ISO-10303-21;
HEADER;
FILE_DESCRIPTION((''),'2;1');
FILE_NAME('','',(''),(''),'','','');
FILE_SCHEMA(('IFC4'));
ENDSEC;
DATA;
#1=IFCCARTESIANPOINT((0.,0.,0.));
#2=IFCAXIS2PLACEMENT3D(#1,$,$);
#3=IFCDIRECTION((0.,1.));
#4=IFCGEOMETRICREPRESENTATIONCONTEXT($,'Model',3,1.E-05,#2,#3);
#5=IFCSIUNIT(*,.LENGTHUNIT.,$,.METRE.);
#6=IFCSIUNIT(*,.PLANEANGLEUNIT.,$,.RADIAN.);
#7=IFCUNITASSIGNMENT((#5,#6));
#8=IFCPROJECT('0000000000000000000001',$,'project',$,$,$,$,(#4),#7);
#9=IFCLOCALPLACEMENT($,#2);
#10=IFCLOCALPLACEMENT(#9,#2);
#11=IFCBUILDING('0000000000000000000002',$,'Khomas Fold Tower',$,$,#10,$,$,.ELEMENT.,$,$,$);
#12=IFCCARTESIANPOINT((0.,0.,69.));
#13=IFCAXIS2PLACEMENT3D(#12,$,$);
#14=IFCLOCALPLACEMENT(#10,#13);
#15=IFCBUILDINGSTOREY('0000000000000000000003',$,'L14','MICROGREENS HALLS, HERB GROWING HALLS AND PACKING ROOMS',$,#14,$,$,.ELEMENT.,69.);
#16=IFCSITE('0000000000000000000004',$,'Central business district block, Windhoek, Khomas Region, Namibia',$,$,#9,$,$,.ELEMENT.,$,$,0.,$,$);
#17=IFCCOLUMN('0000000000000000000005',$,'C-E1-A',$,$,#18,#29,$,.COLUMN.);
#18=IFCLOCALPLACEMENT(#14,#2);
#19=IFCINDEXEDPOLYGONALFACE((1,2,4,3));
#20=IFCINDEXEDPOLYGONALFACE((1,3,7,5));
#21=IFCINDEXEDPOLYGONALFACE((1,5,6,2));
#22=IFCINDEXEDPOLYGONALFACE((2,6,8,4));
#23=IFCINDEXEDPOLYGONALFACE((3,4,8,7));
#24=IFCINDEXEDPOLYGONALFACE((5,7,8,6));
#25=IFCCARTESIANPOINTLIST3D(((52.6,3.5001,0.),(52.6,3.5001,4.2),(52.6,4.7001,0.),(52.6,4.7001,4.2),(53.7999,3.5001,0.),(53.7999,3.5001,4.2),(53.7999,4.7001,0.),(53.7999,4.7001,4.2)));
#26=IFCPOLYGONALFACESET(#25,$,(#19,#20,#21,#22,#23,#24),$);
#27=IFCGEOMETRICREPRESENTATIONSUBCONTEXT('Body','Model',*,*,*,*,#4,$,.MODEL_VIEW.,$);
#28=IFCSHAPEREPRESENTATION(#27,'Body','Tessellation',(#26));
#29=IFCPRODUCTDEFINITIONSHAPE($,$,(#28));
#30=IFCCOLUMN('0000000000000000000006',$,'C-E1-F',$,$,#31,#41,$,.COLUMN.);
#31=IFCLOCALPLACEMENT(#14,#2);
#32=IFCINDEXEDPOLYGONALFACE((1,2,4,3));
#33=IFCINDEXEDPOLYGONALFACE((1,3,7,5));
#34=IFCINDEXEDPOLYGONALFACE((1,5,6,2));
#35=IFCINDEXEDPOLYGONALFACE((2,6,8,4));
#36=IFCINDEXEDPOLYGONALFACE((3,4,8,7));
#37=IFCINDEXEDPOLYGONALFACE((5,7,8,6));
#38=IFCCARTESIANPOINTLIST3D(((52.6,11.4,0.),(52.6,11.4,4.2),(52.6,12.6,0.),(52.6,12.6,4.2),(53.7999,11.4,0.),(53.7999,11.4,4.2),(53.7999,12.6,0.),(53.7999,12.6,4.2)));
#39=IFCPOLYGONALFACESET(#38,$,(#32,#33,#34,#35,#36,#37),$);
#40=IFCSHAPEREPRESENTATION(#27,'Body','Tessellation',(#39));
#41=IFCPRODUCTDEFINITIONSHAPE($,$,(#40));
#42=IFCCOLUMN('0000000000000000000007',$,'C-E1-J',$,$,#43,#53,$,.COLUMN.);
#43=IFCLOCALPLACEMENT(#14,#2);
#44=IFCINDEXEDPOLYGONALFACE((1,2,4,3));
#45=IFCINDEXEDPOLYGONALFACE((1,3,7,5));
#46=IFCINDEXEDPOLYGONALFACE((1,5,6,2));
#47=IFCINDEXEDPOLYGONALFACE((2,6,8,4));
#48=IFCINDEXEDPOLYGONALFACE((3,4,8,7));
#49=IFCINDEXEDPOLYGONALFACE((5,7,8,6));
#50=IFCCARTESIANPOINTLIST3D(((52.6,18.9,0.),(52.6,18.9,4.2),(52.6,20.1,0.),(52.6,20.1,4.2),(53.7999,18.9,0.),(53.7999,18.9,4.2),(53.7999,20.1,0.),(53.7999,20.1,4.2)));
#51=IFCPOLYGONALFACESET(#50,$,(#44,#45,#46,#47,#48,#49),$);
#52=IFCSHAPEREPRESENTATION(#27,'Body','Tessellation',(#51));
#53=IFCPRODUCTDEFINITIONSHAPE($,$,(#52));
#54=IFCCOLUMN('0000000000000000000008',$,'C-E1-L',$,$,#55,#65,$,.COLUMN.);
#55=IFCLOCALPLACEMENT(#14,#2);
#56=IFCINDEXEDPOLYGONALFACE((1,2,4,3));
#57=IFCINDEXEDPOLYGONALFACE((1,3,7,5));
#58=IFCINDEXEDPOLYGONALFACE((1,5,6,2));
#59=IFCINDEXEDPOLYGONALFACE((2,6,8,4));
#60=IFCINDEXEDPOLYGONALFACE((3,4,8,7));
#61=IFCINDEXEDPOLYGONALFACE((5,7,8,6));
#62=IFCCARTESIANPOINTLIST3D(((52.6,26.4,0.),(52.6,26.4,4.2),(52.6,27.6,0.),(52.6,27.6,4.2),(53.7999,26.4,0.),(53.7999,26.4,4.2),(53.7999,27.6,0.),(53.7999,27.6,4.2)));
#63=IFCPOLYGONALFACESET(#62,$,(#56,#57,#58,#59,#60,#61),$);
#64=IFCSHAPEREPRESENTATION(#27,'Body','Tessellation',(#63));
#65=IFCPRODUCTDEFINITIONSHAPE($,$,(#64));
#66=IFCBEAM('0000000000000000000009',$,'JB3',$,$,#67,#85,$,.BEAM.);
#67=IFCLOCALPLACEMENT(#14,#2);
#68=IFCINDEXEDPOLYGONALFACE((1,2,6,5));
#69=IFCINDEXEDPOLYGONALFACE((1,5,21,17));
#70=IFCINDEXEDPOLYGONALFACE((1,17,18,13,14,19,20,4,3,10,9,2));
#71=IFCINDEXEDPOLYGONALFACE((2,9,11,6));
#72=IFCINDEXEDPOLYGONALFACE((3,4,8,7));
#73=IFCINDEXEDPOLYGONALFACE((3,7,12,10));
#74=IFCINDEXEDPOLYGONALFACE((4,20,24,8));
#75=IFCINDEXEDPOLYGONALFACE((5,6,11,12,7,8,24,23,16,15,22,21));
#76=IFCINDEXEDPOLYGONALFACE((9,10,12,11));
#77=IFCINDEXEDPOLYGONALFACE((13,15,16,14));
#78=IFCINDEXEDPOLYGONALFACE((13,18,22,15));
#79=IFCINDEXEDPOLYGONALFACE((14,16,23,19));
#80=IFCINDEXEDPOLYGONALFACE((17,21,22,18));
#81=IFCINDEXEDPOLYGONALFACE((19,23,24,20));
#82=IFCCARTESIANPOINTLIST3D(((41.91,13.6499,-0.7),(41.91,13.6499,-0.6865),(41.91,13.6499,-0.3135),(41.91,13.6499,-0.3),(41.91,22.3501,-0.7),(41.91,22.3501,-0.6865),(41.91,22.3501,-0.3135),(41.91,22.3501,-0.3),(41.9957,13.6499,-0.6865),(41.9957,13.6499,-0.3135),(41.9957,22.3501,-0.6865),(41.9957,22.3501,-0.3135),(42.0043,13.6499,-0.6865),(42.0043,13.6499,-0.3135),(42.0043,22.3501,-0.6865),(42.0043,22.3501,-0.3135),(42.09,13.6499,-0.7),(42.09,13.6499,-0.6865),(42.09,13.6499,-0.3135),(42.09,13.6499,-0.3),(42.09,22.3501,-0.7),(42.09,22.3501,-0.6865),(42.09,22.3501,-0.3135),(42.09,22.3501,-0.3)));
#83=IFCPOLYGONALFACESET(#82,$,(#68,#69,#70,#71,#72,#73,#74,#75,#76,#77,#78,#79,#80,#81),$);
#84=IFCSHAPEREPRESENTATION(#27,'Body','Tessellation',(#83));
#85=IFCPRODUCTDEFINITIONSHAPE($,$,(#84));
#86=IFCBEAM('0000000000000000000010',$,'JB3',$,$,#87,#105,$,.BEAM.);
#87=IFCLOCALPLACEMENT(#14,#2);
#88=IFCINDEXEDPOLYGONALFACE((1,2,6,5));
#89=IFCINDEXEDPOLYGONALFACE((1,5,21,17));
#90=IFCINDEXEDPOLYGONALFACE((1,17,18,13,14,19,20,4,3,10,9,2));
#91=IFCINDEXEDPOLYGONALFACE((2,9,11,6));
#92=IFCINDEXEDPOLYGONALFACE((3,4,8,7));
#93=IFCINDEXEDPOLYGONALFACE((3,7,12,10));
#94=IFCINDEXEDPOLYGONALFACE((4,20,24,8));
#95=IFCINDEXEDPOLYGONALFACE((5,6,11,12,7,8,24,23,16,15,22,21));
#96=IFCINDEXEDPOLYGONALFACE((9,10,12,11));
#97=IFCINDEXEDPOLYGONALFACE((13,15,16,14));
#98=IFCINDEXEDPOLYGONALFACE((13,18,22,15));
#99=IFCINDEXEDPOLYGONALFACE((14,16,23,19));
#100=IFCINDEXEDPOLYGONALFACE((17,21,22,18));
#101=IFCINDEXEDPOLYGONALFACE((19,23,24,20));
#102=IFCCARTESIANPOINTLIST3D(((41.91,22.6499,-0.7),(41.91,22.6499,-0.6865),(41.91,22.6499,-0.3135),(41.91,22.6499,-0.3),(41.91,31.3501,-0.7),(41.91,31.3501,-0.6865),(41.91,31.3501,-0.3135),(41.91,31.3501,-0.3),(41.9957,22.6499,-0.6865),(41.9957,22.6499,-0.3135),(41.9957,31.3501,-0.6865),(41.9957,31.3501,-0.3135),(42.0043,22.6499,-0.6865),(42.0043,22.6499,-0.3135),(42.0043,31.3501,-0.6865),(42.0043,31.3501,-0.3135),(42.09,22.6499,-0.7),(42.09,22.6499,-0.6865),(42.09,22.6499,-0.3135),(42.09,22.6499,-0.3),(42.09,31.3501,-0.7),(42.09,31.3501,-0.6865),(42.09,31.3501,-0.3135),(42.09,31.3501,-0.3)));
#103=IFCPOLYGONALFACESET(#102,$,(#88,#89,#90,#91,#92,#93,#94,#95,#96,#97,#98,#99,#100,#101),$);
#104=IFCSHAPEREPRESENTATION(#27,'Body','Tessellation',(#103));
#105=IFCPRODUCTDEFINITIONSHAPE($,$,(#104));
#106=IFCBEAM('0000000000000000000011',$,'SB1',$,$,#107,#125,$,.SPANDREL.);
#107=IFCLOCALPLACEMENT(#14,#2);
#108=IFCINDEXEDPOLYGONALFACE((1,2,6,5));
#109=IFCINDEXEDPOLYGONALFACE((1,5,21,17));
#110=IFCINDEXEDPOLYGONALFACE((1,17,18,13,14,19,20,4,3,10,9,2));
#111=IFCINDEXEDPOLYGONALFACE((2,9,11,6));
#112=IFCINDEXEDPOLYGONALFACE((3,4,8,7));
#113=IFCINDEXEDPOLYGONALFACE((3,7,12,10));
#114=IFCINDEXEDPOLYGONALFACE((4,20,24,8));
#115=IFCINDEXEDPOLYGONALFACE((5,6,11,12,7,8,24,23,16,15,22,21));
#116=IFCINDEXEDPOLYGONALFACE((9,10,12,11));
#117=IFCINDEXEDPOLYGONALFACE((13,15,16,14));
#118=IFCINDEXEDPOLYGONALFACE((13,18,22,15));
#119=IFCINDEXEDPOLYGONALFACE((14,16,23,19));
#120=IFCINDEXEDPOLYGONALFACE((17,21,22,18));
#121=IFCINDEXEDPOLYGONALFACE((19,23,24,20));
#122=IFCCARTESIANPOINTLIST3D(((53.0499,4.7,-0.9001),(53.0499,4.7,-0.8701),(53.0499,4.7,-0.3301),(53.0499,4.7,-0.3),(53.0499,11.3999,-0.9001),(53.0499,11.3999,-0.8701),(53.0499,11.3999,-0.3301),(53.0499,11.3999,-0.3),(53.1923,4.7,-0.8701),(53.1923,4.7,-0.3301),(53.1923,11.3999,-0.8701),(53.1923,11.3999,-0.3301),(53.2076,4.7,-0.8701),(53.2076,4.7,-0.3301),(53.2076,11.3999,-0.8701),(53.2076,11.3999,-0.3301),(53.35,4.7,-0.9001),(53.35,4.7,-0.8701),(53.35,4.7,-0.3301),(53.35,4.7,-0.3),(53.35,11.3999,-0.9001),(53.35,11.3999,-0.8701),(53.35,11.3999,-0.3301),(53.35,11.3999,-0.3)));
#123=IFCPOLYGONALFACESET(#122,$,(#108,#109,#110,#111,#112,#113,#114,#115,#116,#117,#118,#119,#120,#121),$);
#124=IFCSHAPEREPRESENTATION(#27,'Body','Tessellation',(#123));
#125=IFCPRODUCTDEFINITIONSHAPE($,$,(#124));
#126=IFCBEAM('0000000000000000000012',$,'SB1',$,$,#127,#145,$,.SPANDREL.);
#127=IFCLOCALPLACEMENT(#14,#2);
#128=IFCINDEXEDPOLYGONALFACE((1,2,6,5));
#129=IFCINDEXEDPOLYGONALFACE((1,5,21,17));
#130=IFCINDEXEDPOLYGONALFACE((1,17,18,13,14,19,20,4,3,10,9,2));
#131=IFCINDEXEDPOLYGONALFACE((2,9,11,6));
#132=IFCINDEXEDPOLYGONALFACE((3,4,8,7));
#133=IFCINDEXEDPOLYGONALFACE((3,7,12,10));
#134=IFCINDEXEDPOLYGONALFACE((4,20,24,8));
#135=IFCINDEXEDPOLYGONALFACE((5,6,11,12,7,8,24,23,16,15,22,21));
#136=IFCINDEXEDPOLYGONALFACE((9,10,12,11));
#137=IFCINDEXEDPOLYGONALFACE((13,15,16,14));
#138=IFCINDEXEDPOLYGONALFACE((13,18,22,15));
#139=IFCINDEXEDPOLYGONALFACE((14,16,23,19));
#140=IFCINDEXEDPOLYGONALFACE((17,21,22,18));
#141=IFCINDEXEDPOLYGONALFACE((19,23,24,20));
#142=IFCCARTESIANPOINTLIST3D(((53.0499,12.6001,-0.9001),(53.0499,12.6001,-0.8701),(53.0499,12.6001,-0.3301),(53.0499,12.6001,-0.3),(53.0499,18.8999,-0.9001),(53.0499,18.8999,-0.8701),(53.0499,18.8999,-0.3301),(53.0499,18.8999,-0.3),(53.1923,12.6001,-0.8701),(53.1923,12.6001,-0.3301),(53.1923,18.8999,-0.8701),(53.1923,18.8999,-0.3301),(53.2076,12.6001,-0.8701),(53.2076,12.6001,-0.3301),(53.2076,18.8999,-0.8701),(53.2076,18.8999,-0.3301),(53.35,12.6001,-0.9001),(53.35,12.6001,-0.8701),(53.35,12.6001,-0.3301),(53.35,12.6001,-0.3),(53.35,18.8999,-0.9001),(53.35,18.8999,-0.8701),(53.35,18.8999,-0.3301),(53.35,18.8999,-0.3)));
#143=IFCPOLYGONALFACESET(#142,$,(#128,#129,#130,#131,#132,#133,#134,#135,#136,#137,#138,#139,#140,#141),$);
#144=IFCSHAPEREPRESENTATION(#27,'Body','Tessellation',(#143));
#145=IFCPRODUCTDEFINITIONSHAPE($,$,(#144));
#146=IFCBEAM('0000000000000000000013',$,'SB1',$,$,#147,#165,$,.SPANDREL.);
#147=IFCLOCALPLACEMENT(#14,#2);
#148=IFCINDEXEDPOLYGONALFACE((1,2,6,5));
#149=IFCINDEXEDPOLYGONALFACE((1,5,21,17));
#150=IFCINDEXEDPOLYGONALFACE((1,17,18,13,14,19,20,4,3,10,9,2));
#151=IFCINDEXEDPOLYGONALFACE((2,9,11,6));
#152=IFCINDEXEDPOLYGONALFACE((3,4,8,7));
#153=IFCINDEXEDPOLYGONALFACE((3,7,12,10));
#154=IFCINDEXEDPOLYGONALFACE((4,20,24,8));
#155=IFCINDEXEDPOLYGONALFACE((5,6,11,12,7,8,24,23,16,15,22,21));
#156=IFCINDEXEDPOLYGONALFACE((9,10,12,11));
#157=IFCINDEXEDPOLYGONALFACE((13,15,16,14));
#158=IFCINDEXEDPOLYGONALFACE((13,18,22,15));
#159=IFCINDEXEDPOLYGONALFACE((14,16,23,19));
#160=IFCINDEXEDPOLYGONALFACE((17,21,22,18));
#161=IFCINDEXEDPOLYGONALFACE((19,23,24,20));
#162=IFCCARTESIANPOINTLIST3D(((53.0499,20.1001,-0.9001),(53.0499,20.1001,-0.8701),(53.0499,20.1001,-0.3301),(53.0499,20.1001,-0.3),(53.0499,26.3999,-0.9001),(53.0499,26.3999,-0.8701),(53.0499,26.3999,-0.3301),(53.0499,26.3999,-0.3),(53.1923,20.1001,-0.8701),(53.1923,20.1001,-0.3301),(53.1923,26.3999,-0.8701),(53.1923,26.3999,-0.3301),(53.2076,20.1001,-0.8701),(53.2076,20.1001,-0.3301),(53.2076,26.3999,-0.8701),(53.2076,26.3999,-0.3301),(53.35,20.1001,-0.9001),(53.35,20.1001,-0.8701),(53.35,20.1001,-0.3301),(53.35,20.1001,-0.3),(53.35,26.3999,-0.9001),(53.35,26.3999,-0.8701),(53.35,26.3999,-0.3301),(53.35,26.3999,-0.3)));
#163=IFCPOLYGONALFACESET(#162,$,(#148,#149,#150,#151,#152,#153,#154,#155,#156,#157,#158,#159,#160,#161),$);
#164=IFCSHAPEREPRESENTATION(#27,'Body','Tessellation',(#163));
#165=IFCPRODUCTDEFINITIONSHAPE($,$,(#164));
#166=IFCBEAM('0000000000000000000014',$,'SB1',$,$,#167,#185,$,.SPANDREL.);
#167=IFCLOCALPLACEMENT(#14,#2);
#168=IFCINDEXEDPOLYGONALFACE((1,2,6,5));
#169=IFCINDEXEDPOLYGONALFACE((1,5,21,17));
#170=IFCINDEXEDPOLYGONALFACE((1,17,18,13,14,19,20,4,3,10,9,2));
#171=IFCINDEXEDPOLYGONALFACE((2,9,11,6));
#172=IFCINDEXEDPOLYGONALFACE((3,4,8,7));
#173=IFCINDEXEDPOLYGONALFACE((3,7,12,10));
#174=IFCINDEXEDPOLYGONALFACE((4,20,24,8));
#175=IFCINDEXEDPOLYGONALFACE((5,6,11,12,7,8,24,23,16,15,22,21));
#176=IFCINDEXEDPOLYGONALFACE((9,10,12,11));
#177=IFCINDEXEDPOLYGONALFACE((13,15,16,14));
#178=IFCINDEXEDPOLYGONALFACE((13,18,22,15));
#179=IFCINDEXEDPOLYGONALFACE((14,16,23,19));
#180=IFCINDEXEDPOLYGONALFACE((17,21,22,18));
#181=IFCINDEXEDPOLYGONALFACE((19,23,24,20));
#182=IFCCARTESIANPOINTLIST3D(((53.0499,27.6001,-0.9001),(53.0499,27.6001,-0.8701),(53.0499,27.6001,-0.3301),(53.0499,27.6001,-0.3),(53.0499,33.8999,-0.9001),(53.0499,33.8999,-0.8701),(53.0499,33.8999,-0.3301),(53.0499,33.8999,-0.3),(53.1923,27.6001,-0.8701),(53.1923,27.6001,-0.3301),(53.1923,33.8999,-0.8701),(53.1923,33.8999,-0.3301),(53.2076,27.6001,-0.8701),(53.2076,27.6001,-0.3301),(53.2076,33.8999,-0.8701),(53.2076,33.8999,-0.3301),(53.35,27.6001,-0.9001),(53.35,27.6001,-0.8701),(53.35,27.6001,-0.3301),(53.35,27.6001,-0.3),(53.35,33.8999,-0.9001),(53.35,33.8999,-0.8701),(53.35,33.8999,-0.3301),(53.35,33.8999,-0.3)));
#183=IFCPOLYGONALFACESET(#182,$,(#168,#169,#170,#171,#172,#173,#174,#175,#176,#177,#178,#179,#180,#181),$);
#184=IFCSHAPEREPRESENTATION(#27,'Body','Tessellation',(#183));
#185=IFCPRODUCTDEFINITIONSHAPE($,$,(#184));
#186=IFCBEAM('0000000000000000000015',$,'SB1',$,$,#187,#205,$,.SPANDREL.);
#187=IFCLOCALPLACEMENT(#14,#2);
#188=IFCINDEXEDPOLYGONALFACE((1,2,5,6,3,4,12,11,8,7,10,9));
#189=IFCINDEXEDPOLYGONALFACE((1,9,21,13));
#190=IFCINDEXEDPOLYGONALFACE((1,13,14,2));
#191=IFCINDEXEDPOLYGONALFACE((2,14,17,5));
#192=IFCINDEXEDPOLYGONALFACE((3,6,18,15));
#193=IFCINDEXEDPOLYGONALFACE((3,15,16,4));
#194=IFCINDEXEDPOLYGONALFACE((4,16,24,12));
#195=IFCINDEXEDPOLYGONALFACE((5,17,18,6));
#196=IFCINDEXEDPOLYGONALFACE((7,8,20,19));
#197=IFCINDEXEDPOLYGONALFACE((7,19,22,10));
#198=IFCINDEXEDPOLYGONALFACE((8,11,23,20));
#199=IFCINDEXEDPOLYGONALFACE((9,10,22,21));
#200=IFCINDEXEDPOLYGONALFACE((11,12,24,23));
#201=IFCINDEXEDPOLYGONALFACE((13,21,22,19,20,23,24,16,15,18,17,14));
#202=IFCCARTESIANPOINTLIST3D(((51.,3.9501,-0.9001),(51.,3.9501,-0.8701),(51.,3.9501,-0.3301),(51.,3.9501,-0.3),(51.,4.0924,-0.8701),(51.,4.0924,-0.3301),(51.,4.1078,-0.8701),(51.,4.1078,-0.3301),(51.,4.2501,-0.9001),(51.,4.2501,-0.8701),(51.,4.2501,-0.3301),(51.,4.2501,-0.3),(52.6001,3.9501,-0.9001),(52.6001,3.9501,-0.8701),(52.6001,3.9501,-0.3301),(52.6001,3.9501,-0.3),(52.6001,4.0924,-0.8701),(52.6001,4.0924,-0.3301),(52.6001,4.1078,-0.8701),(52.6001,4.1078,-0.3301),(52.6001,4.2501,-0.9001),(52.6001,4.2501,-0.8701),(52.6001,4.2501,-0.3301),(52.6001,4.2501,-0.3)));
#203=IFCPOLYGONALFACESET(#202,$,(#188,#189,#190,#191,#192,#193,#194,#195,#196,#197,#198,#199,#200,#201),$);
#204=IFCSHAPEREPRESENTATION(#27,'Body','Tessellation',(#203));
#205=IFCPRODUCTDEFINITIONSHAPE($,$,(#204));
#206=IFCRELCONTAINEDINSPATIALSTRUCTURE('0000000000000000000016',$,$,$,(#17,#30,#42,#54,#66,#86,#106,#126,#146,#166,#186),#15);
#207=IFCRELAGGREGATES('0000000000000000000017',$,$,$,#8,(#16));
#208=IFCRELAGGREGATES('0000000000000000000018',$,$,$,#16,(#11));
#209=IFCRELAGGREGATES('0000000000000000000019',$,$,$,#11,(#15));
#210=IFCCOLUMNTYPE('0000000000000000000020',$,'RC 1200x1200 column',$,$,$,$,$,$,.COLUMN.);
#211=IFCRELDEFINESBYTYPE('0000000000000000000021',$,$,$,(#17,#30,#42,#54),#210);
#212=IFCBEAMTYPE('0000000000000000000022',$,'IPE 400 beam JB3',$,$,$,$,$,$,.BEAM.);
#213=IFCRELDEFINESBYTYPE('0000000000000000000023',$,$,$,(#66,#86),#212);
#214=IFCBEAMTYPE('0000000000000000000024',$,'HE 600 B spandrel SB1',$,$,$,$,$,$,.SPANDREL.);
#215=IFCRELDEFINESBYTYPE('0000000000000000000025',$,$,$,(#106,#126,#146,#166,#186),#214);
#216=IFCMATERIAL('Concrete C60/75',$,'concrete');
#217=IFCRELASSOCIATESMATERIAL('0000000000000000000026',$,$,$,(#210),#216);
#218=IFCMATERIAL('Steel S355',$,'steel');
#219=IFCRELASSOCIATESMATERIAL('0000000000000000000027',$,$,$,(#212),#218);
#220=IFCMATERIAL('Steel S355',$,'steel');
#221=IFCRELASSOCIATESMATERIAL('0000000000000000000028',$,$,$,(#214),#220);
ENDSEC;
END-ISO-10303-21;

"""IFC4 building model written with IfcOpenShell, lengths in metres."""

from ifc_helpers import new_model, si_unit, direction, frame, origin, origin_2d, place, context, subcontext, project, spatial, rectangle, i_section, extrude, source, transform, mapped, material, material_profile, profile_set, type_object, element, save


model = new_model("IFC4")

# Units and contexts
model_context = context("Model", 3, precision=1e-05, world=origin(), true_north=direction((0.0, 1.0)))
body_context = subcontext(model_context, "Body", "Model", "MODEL_VIEW")
ifc_project = project(units=[si_unit("LENGTHUNIT", "METRE"), si_unit("PLANEANGLEUNIT", "RADIAN")], contexts=[model_context])

# Site, building, storey
site_placement = place(None, origin())
site = spatial("IfcSite", under=ifc_project, at=site_placement, Name="Central business district block, Windhoek, Khomas Region, Namibia", CompositionType="ELEMENT", RefElevation=0.0)
building_placement = place(site_placement, origin())
building = spatial("IfcBuilding", under=site, at=building_placement, Name="Khomas Fold Tower", CompositionType="ELEMENT")
storey_placement = place(building_placement, frame((0.0, 0.0, 69.0)))
storey = spatial("IfcBuildingStorey", under=building, at=storey_placement, Name="L14", Description="MICROGREENS HALLS, HERB GROWING HALLS AND PACKING ROOMS", CompositionType="ELEMENT", Elevation=69.0)

# Columns
ifc_material_1 = material(Name="Concrete C60/75", Category="concrete")
ifc_material_profile_1 = material_profile(ifc_material_1, rectangle(XDim=1.2, YDim=1.2, at=origin_2d()), Name="RC 1200x1200")
ifc_profile_set_1 = profile_set([ifc_material_profile_1], Name="Concrete C60/75")
column_type = type_object("IfcColumnType", Name="RC 1200x1200 column", PredefinedType="COLUMN", material=ifc_profile_set_1)
shared_shape_1 = source(origin(), body_context, "Body", "SweptSolid", [
    extrude(rectangle(XDim=1.2, YDim=1.2, at=origin_2d()), origin(), (0.0, 0.0, 1.0), 4.2),
])
for number, where, z_axis, x_axis, name in (
    (1, (53.2, 4.1001, 0.0), (0.0, 0.0, 1.0), (1.0, 0.0, 0.0), "C-E1-A"),
    (2, (53.2, 12.0, 0.0), (0.0, 0.0, 1.0), (1.0, 0.0, 0.0), "C-E1-F"),
    (3, (53.2, 19.5, 0.0), (0.0, 0.0, 1.0), (1.0, 0.0, 0.0), "C-E1-J"),
    (4, (53.2, 27.0, 0.0), (0.0, 0.0, 1.0), (1.0, 0.0, 0.0), "C-E1-L"),
):
    element("IfcColumn", number, at=place(storey_placement, frame(where, z_axis=z_axis, x_axis=x_axis)), inside=storey, type_object=column_type, Name=name, PredefinedType="COLUMN", context=body_context, shape_type="MappedRepresentation", body=[
        mapped(shared_shape_1, transform((0.0, 0.0, 0.0))),
    ])

# Beams
ifc_material_2 = material(Name="Steel S355", Category="steel")
ifc_material_profile_2 = material_profile(ifc_material_2, i_section(OverallWidth=0.1799, OverallDepth=0.3999, WebThickness=0.0085, FlangeThickness=0.0134, at=origin_2d()), Name="IPE 400")
ifc_profile_set_2 = profile_set([ifc_material_profile_2], Name="Steel S355")
beam_type_1 = type_object("IfcBeamType", Name="IPE 400 beam JB3", PredefinedType="BEAM", material=ifc_profile_set_2)
shared_shape_2 = source(origin(), body_context, "Body", "SweptSolid", [
    extrude(i_section(OverallWidth=0.1799, OverallDepth=0.3999, WebThickness=0.0085, FlangeThickness=0.0134, at=origin_2d()), origin(), (0.0, 0.0, 1.0), 8.7002),
])
for number, where, z_axis, x_axis, name in (
    (5, (42.0, 13.6499, -0.5), (0.0, 1.0, 0.0), (-1.0, 0.0, 0.0), "JB3"),
    (6, (42.0, 22.6499, -0.5), (0.0, 1.0, 0.0), (-1.0, 0.0, 0.0), "JB3"),
):
    element("IfcBeam", number, at=place(storey_placement, frame(where, z_axis=z_axis, x_axis=x_axis)), inside=storey, type_object=beam_type_1, Name=name, PredefinedType="BEAM", context=body_context, shape_type="MappedRepresentation", body=[
        mapped(shared_shape_2, transform((0.0, 0.0, 0.0))),
    ])
ifc_material_3 = material(Name="Steel S355", Category="steel")
ifc_material_profile_3 = material_profile(ifc_material_3, i_section(OverallWidth=0.3, OverallDepth=0.6001, WebThickness=0.0154, FlangeThickness=0.03, at=origin_2d()), Name="HE 600 B")
ifc_profile_set_3 = profile_set([ifc_material_profile_3], Name="Steel S355")
beam_type_2 = type_object("IfcBeamType", Name="HE 600 B spandrel SB1", PredefinedType="SPANDREL", material=ifc_profile_set_3)
shared_shape_3 = source(origin(), body_context, "Body", "SweptSolid", [
    extrude(i_section(OverallWidth=0.3, OverallDepth=0.6001, WebThickness=0.0154, FlangeThickness=0.03, at=origin_2d()), origin(), (0.0, 0.0, 1.0), 6.7),
])
beam_1_placement = place(storey_placement, frame((53.2, 4.7, -0.6001), z_axis=(0.0, 1.0, 0.0), x_axis=(-1.0, 0.0, 0.0)))
element("IfcBeam", 7, at=beam_1_placement, inside=storey, type_object=beam_type_2, Name="SB1", PredefinedType="SPANDREL", context=body_context, shape_type="MappedRepresentation", body=[
    mapped(shared_shape_3, transform((0.0, 0.0, 0.0))),
])
shared_shape_4 = source(origin(), body_context, "Body", "SweptSolid", [
    extrude(i_section(OverallWidth=0.3, OverallDepth=0.6001, WebThickness=0.0154, FlangeThickness=0.03, at=origin_2d()), origin(), (0.0, 0.0, 1.0), 6.2998),
])
for number, where, z_axis, x_axis, name in (
    (8, (53.2, 12.6001, -0.6001), (0.0, 1.0, 0.0), (-1.0, 0.0, 0.0), "SB1"),
    (9, (53.2, 20.1001, -0.6001), (0.0, 1.0, 0.0), (-1.0, 0.0, 0.0), "SB1"),
    (10, (53.2, 27.6001, -0.6001), (0.0, 1.0, 0.0), (-1.0, 0.0, 0.0), "SB1"),
):
    element("IfcBeam", number, at=place(storey_placement, frame(where, z_axis=z_axis, x_axis=x_axis)), inside=storey, type_object=beam_type_2, Name=name, PredefinedType="SPANDREL", context=body_context, shape_type="MappedRepresentation", body=[
        mapped(shared_shape_4, transform((0.0, 0.0, 0.0))),
    ])
shared_shape_5 = source(origin(), body_context, "Body", "SweptSolid", [
    extrude(i_section(OverallWidth=0.3, OverallDepth=0.6001, WebThickness=0.0154, FlangeThickness=0.03, at=origin_2d()), origin(), (0.0, 0.0, 1.0), 1.6001),
])
beam_2_placement = place(storey_placement, frame((51.0, 4.1001, -0.6001), z_axis=(1.0, 0.0, 0.0), x_axis=(0.0, 1.0, 0.0)))
element("IfcBeam", 11, at=beam_2_placement, inside=storey, type_object=beam_type_2, Name="SB1", PredefinedType="SPANDREL", context=body_context, shape_type="MappedRepresentation", body=[
    mapped(shared_shape_5, transform((0.0, 0.0, 0.0))),
])

save(model, "model.ifc")
